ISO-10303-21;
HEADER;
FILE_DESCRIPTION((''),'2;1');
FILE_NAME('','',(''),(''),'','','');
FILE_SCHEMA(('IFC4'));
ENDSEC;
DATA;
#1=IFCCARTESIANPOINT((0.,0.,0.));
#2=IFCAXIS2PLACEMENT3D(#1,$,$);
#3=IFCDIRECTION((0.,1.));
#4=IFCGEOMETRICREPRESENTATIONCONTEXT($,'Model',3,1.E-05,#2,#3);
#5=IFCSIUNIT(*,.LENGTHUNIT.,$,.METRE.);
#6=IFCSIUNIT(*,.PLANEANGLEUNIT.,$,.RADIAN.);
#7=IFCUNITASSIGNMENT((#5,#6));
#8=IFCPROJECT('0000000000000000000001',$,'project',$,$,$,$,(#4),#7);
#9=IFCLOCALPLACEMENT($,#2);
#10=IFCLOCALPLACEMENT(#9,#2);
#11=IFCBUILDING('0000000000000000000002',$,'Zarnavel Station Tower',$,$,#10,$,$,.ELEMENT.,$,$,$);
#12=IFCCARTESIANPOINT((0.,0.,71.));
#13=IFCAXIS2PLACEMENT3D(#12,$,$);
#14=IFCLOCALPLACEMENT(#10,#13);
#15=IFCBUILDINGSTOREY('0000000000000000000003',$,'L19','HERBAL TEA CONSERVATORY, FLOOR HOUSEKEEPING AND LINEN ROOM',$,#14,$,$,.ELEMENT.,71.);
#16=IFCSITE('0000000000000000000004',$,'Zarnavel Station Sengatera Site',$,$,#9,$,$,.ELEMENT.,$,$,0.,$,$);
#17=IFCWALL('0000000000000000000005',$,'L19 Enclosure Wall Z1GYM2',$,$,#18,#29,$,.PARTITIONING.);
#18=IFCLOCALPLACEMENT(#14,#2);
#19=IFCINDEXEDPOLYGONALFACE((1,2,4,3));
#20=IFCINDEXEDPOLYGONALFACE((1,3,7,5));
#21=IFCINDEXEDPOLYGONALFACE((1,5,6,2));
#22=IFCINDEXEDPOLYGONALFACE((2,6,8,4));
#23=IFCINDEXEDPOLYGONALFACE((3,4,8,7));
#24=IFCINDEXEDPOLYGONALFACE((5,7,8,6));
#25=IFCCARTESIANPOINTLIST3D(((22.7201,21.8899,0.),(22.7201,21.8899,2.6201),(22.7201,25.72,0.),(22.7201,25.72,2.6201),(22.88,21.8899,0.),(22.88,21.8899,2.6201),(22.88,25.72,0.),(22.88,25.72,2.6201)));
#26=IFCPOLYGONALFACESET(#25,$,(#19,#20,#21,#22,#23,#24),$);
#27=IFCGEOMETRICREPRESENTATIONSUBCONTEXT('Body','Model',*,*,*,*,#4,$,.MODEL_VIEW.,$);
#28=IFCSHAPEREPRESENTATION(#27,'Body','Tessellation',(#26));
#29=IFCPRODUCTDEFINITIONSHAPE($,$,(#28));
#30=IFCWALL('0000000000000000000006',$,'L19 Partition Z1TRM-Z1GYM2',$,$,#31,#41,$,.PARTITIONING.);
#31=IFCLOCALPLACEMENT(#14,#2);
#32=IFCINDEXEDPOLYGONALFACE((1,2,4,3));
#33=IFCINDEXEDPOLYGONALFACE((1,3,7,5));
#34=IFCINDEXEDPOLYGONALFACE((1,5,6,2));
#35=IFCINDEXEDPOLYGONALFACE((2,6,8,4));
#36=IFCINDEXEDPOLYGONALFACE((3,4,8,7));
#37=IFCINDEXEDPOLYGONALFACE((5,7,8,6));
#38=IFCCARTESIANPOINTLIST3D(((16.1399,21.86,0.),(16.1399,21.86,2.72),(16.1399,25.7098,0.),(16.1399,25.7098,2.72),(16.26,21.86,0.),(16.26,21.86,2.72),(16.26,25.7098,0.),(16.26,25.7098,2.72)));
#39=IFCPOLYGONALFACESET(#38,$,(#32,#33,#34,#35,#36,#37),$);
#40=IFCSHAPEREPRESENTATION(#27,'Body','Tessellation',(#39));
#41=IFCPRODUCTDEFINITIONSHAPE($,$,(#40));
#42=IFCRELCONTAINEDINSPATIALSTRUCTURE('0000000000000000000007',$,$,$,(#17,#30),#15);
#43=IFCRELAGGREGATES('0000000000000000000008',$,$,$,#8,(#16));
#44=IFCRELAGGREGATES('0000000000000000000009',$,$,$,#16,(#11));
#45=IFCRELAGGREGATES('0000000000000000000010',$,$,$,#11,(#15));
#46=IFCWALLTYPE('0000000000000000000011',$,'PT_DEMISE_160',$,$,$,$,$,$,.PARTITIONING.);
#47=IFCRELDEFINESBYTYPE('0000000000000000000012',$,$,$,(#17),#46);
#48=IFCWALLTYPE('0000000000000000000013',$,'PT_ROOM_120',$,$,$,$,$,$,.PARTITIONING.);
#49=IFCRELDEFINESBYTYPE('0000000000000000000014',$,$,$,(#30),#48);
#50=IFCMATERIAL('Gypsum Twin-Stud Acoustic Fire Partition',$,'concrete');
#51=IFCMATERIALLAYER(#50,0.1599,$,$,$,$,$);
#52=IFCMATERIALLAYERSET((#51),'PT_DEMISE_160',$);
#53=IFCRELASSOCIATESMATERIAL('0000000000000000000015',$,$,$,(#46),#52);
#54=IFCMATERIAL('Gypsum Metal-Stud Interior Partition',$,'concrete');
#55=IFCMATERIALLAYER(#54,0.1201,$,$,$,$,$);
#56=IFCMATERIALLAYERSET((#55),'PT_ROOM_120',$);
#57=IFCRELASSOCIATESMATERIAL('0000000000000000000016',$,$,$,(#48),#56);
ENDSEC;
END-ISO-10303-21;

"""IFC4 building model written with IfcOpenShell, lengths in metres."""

from ifc_helpers import new_model, si_unit, direction, frame, frame_2d, origin, place, context, subcontext, project, spatial, rectangle, extrude, material, layer, layer_set, type_object, element, save


model = new_model("IFC4")

# Units and contexts
model_context = context("Model", 3, precision=1e-05, world=origin(), true_north=direction((0.0, 1.0)))
body_context = subcontext(model_context, "Body", "Model", "MODEL_VIEW")
ifc_project = project(units=[si_unit("LENGTHUNIT", "METRE"), si_unit("PLANEANGLEUNIT", "RADIAN")], contexts=[model_context])

# Site, building, storey
site_placement = place(None, origin())
site = spatial("IfcSite", under=ifc_project, at=site_placement, Name="Zarnavel Station Sengatera Site", CompositionType="ELEMENT", RefElevation=0.0)
building_placement = place(site_placement, origin())
building = spatial("IfcBuilding", under=site, at=building_placement, Name="Zarnavel Station Tower", CompositionType="ELEMENT")
storey_placement = place(building_placement, frame((0.0, 0.0, 71.0)))
storey = spatial("IfcBuildingStorey", under=building, at=storey_placement, Name="L19", Description="HERBAL TEA CONSERVATORY, FLOOR HOUSEKEEPING AND LINEN ROOM", CompositionType="ELEMENT", Elevation=71.0)

# Walls
ifc_material_1 = material(Name="Gypsum Twin-Stud Acoustic Fire Partition", Category="concrete")
ifc_layer_1 = layer(ifc_material_1, 0.1599)
ifc_layer_set_1 = layer_set([ifc_layer_1], Name="PT_DEMISE_160")
wall_type_1 = type_object("IfcWallType", Name="PT_DEMISE_160", PredefinedType="PARTITIONING", material=ifc_layer_set_1)
wall_1_placement = place(storey_placement, frame((22.8, 21.8899, 0.0), z_axis=(0.0, 0.0, 1.0), x_axis=(0.0, 1.0, 0.0)))
element("IfcWall", 1, at=wall_1_placement, inside=storey, type_object=wall_type_1, Name="L19 Enclosure Wall Z1GYM2", PredefinedType="PARTITIONING", context=body_context, shape_type="SweptSolid", body=[
    extrude(rectangle(XDim=3.8301, YDim=0.1599, at=frame_2d((1.915, 0.0))), origin(), (0.0, 0.0, 1.0), 2.6201),
])
ifc_material_2 = material(Name="Gypsum Metal-Stud Interior Partition", Category="concrete")
ifc_layer_2 = layer(ifc_material_2, 0.1201)
ifc_layer_set_2 = layer_set([ifc_layer_2], Name="PT_ROOM_120")
wall_type_2 = type_object("IfcWallType", Name="PT_ROOM_120", PredefinedType="PARTITIONING", material=ifc_layer_set_2)
wall_2_placement = place(storey_placement, frame((16.2, 21.8601, 0.0), z_axis=(0.0, 0.0, 1.0), x_axis=(0.0, 1.0, 0.0)))
element("IfcWall", 2, at=wall_2_placement, inside=storey, type_object=wall_type_2, Name="L19 Partition Z1TRM-Z1GYM2", PredefinedType="PARTITIONING", context=body_context, shape_type="SweptSolid", body=[
    extrude(rectangle(XDim=3.8499, YDim=0.1201, at=frame_2d((1.9248, 0.0))), origin(), (0.0, 0.0, 1.0), 2.72),
])

save(model, "model.ifc")
